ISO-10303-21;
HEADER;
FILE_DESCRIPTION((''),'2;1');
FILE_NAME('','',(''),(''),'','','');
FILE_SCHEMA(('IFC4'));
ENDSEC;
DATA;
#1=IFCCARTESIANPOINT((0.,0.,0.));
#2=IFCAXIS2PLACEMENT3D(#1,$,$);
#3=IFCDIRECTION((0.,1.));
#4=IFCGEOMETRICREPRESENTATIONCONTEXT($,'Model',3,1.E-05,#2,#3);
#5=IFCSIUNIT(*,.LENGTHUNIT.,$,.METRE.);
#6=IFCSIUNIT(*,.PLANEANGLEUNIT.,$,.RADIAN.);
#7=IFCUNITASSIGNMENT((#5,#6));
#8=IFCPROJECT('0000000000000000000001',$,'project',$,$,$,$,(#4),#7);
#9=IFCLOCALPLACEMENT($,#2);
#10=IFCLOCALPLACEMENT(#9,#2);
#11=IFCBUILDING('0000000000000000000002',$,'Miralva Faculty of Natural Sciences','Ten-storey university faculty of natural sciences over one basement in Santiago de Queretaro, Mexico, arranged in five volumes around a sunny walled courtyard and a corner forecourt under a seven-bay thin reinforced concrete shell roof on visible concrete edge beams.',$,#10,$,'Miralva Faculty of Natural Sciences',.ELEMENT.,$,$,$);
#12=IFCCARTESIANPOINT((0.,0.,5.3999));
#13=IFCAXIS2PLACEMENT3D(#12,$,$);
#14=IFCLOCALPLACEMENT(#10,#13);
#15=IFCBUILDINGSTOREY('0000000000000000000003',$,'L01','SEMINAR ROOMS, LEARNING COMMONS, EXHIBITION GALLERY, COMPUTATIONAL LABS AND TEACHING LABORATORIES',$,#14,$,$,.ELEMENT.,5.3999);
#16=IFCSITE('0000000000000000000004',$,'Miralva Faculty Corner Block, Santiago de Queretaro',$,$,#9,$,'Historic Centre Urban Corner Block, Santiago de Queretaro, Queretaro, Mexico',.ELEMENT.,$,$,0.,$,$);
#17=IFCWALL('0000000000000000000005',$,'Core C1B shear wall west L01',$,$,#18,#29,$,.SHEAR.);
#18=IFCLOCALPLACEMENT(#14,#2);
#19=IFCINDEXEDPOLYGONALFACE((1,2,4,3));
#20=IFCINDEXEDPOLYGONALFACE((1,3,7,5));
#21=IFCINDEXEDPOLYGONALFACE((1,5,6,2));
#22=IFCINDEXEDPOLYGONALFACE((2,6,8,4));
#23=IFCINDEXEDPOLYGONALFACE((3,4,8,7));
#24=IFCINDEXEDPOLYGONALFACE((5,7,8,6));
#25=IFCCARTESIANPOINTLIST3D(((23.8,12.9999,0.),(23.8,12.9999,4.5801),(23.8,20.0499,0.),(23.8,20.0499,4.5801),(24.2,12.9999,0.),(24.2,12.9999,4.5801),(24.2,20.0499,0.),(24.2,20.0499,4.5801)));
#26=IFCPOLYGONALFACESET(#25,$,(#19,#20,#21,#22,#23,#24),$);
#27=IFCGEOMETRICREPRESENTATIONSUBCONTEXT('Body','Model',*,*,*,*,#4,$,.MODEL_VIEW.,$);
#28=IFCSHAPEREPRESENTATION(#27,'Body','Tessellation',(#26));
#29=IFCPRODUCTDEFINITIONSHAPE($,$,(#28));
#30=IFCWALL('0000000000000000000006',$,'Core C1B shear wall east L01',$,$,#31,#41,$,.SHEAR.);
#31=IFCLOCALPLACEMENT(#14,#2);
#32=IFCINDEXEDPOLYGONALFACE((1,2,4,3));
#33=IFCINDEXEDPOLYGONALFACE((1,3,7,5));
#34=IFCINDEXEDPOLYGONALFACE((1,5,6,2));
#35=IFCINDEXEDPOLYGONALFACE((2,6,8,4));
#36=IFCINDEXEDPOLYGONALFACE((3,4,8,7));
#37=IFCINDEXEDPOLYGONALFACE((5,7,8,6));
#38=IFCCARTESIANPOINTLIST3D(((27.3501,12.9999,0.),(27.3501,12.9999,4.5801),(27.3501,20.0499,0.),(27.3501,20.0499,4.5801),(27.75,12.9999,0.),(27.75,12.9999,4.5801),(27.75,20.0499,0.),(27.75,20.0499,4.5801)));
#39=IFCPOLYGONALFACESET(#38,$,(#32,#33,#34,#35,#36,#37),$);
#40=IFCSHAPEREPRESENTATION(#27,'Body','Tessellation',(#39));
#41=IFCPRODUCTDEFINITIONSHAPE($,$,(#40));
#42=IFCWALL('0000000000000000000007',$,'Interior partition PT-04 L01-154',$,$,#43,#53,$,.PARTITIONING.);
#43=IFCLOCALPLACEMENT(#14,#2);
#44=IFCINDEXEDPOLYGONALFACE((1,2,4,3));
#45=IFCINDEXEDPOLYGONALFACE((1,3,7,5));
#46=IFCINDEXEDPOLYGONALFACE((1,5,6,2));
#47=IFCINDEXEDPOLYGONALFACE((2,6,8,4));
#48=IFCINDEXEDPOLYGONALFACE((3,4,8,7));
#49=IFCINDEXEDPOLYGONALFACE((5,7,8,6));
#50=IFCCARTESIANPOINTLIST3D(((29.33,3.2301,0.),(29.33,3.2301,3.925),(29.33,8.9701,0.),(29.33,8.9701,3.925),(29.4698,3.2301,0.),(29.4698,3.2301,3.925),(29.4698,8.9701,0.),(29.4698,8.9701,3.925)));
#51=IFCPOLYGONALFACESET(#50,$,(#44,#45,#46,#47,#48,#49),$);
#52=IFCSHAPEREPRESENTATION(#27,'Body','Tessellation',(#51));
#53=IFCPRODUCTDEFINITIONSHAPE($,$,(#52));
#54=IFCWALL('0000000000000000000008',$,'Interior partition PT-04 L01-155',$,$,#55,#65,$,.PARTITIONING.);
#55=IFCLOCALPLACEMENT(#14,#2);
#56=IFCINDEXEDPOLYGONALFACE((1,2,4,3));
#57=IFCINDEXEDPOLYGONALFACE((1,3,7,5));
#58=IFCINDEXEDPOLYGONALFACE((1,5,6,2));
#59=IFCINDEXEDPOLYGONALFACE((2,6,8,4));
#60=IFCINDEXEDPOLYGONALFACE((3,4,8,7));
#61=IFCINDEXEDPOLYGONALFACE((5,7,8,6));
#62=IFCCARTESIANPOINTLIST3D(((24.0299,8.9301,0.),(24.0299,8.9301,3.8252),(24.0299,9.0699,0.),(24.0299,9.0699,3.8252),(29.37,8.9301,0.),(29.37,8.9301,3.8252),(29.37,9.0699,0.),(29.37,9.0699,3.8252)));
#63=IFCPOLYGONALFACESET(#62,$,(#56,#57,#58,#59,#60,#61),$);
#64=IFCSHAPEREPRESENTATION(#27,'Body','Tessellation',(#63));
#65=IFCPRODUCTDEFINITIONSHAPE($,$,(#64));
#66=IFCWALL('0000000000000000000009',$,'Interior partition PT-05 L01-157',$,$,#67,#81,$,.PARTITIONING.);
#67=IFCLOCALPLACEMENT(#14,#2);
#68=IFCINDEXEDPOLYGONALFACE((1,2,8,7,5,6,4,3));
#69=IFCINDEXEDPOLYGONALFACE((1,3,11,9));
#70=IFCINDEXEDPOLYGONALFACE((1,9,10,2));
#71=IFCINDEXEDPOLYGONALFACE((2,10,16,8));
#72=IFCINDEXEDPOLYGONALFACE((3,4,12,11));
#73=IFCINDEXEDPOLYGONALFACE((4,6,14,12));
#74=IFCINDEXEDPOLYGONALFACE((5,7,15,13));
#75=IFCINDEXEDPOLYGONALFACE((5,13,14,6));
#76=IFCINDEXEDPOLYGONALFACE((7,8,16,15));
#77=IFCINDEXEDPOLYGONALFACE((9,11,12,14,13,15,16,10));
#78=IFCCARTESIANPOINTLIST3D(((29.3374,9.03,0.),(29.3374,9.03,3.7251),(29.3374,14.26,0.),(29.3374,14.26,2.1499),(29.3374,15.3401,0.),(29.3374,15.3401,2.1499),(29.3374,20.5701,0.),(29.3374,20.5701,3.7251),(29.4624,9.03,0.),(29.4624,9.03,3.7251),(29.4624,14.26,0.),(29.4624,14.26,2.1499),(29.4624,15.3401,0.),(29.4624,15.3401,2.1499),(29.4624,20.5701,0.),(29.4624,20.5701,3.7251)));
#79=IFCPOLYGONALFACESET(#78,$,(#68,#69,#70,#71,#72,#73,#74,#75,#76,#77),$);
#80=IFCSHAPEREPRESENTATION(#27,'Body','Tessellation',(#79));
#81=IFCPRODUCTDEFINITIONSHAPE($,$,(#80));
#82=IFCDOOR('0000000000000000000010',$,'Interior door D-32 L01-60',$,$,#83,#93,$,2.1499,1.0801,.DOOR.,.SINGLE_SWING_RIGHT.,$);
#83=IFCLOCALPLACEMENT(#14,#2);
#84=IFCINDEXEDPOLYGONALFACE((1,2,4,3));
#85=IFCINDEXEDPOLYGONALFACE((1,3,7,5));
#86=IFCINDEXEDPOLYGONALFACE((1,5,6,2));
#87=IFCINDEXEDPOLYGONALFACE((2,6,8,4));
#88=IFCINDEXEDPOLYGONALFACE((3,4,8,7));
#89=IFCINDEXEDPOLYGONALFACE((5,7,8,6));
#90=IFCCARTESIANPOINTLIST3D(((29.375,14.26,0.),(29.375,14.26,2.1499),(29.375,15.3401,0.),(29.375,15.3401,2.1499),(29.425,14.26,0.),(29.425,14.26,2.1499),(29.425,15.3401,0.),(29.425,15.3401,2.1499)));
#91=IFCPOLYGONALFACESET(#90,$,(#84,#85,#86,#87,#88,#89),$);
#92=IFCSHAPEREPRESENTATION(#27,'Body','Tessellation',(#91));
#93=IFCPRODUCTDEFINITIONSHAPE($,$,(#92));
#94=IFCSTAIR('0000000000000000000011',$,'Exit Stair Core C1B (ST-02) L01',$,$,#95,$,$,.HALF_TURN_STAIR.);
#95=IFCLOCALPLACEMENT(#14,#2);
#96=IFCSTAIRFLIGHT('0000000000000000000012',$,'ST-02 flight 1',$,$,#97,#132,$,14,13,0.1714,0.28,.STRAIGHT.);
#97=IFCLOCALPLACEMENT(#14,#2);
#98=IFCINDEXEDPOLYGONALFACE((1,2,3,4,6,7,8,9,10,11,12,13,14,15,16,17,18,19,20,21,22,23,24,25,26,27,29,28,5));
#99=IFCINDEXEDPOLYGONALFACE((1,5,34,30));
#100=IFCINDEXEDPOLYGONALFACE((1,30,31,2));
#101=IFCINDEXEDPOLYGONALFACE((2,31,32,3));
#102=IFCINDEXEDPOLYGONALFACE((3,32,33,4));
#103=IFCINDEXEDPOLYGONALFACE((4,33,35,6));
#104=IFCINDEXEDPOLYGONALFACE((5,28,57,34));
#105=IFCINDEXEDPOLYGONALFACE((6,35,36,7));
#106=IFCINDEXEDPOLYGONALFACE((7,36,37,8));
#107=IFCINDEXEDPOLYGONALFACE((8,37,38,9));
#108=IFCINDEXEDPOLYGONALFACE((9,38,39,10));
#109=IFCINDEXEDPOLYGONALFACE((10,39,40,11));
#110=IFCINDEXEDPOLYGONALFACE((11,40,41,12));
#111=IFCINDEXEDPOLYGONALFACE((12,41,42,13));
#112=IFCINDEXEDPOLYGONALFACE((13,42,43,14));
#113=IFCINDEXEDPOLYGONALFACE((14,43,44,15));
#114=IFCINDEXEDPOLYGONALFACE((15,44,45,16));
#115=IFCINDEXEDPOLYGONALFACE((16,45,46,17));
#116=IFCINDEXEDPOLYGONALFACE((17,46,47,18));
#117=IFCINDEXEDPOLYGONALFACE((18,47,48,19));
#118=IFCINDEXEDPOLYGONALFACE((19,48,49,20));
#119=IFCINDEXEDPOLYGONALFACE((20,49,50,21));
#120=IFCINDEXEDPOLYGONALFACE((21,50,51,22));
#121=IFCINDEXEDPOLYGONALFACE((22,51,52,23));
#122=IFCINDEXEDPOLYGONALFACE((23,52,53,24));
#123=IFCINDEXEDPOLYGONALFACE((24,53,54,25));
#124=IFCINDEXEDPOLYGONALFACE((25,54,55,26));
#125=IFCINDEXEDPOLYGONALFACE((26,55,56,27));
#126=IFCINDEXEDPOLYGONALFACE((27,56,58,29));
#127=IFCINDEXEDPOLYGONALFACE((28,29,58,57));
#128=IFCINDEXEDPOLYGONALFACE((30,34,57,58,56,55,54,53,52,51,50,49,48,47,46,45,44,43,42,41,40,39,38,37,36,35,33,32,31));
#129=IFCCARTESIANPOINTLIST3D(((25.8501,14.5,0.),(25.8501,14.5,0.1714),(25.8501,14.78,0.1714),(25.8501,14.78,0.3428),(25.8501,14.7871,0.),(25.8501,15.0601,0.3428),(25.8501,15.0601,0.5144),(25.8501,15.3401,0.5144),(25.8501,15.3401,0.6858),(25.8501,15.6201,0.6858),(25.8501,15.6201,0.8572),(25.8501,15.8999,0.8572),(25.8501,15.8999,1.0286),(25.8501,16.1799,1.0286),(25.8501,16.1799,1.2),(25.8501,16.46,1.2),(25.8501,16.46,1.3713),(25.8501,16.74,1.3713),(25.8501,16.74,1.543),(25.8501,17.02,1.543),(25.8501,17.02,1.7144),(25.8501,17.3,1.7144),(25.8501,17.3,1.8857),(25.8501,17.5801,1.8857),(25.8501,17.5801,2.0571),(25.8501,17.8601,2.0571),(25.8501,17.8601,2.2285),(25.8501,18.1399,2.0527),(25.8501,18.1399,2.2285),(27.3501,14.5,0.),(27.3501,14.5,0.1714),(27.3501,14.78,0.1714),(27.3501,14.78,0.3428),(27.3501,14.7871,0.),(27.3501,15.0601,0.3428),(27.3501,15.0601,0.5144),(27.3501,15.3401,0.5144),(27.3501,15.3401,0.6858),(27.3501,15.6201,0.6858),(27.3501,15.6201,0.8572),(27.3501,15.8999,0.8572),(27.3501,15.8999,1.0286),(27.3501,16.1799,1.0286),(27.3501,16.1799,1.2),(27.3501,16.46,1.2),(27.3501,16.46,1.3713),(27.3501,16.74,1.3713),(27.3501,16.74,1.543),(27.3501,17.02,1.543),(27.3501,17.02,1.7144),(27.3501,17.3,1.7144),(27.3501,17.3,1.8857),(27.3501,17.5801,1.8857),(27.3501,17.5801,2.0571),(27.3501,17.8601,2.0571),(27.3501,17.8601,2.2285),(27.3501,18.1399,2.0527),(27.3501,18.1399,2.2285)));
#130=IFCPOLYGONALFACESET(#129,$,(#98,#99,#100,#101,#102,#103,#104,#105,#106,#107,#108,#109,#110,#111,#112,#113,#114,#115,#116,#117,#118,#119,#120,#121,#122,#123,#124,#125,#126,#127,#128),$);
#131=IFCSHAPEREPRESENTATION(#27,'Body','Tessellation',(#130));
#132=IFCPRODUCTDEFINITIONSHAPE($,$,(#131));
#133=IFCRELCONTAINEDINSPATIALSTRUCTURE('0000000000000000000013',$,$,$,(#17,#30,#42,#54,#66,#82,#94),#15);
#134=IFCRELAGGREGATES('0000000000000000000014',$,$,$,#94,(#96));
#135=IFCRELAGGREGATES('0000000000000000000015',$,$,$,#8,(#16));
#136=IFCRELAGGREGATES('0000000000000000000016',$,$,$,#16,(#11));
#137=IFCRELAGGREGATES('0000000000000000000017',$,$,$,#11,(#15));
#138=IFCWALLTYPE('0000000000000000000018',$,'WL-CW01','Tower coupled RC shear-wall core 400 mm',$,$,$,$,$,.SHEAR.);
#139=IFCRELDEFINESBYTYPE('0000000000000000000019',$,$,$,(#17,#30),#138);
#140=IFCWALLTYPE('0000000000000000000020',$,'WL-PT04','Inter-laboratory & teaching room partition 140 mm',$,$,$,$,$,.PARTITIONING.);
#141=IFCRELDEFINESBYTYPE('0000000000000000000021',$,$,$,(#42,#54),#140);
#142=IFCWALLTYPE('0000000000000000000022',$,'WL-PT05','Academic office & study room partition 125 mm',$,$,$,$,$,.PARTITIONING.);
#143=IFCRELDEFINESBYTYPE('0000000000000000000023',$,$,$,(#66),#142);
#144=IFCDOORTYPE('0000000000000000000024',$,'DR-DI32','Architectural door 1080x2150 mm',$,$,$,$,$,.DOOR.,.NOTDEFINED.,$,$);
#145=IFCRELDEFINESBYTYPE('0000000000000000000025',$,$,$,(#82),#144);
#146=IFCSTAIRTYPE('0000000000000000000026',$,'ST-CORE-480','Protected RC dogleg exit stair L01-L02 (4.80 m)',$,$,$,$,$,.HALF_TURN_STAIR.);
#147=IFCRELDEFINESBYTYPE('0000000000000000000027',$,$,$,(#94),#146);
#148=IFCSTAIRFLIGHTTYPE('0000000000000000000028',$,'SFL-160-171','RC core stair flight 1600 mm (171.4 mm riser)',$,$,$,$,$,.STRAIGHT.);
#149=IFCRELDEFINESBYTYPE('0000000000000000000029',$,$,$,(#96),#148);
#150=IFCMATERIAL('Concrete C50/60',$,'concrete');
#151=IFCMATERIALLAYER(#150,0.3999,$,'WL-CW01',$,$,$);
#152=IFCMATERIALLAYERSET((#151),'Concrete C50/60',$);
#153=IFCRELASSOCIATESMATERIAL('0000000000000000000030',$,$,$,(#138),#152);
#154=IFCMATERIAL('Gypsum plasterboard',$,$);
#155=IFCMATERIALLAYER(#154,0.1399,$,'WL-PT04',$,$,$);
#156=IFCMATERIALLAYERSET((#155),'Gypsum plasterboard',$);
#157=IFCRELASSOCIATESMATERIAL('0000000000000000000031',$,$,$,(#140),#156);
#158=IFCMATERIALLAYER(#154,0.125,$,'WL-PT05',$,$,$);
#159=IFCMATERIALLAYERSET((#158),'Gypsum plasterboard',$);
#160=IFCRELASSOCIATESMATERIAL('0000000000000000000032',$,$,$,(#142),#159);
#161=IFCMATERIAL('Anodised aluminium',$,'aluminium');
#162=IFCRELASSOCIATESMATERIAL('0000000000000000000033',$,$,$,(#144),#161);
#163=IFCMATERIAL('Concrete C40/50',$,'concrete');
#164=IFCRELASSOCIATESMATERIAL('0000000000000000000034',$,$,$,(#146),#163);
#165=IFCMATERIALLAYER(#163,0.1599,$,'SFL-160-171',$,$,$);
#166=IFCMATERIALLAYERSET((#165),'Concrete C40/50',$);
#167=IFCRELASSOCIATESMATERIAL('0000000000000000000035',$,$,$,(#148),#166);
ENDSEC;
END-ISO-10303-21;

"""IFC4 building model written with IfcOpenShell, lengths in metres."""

from ifc_helpers import new_model, si_unit, direction, frame, frame_2d, origin, place, context, subcontext, project, spatial, polyline, rectangle, outline, extrude, material, layer, layer_set, type_object, element, fill, aggregate, save


model = new_model("IFC4")

# Units and contexts
model_context = context("Model", 3, precision=1e-05, world=origin(), true_north=direction((0.0, 1.0)))
body_context = subcontext(model_context, "Body", "Model", "MODEL_VIEW")
ifc_project = project(units=[si_unit("LENGTHUNIT", "METRE"), si_unit("PLANEANGLEUNIT", "RADIAN")], contexts=[model_context])

# Site, building, storey
site_placement = place(None, origin())
site = spatial("IfcSite", under=ifc_project, at=site_placement, Name="Miralva Faculty Corner Block, Santiago de Queretaro", LongName="Historic Centre Urban Corner Block, Santiago de Queretaro, Queretaro, Mexico", CompositionType="ELEMENT", RefElevation=0.0)
building_placement = place(site_placement, origin())
building = spatial("IfcBuilding", under=site, at=building_placement, Name="Miralva Faculty of Natural Sciences", Description="Ten-storey university faculty of natural sciences over one basement in Santiago de Queretaro, Mexico, arranged in five volumes around a sunny walled courtyard and a corner forecourt under a seven-bay thin reinforced concrete shell roof on visible concrete edge beams.", LongName="Miralva Faculty of Natural Sciences", CompositionType="ELEMENT")
storey_placement = place(building_placement, frame((0.0, 0.0, 5.3999)))
storey = spatial("IfcBuildingStorey", under=building, at=storey_placement, Name="L01", Description="SEMINAR ROOMS, LEARNING COMMONS, EXHIBITION GALLERY, COMPUTATIONAL LABS AND TEACHING LABORATORIES", CompositionType="ELEMENT", Elevation=5.3999)

# Shared definitions
ifc_material_1 = material(Name="Concrete C50/60", Category="concrete")

# Shared definitions
ifc_material_2 = material(Name="Concrete C40/50", Category="concrete")

# Shared definitions
ifc_material_3 = material(Name="Anodised aluminium", Category="aluminium")

# Shared definitions
ifc_layer_1 = layer(ifc_material_1, 0.3999, Name="WL-CW01")
ifc_layer_set_1 = layer_set([ifc_layer_1], Name="Concrete C50/60")
wall_type_1 = type_object("IfcWallType", Name="WL-CW01", Description="Tower coupled RC shear-wall core 400 mm", PredefinedType="SHEAR", material=ifc_layer_set_1)

# Walls
for number, where, z_axis, x_axis, name in (
    (1, (24.0, 13.0, 0.0), (0.0, 0.0, 1.0), (0.0, 1.0, 0.0), "Core C1B shear wall west L01"),
    (2, (27.55, 13.0, 0.0), (0.0, 0.0, 1.0), (0.0, 1.0, 0.0), "Core C1B shear wall east L01"),
):
    element("IfcWall", number, at=place(storey_placement, frame(where, z_axis=z_axis, x_axis=x_axis)), inside=storey, type_object=wall_type_1, Name=name, PredefinedType="SHEAR", context=body_context, shape_type="SweptSolid", body=[
        extrude(rectangle(XDim=7.05, YDim=0.3999, at=frame_2d((3.5249, 0.0))), origin(), (0.0, 0.0, 1.0), 4.5801),
    ])
ifc_material_4 = material(Name="Gypsum plasterboard")
ifc_layer_2 = layer(ifc_material_4, 0.1399, Name="WL-PT04")
ifc_layer_set_2 = layer_set([ifc_layer_2], Name="Gypsum plasterboard")
wall_type_2 = type_object("IfcWallType", Name="WL-PT04", Description="Inter-laboratory & teaching room partition 140 mm", PredefinedType="PARTITIONING", material=ifc_layer_set_2)
wall_1_placement = place(storey_placement, frame((29.3999, 3.23, 0.0), z_axis=(0.0, 0.0, 1.0), x_axis=(0.0, 1.0, 0.0)))
element("IfcWall", 3, at=wall_1_placement, inside=storey, type_object=wall_type_2, Name="Interior partition PT-04 L01-154", PredefinedType="PARTITIONING", context=body_context, shape_type="SweptSolid", body=[
    extrude(rectangle(XDim=5.74, YDim=0.1399, at=frame_2d((2.8701, 0.0))), origin(), (0.0, 0.0, 1.0), 3.925),
])
wall_2_placement = place(storey_placement, frame((24.03, 9.0, 0.0), z_axis=(0.0, 0.0, 1.0), x_axis=(1.0, 0.0, 0.0)))
element("IfcWall", 4, at=wall_2_placement, inside=storey, type_object=wall_type_2, Name="Interior partition PT-04 L01-155", PredefinedType="PARTITIONING", context=body_context, shape_type="SweptSolid", body=[
    extrude(rectangle(XDim=5.3401, YDim=0.1399, at=frame_2d((2.6699, 0.0))), origin(), (0.0, 0.0, 1.0), 3.8252),
])

# Wall, opening, door
ifc_layer_3 = layer(ifc_material_4, 0.125, Name="WL-PT05")
ifc_layer_set_3 = layer_set([ifc_layer_3], Name="Gypsum plasterboard")
wall_type_3 = type_object("IfcWallType", Name="WL-PT05", Description="Academic office & study room partition 125 mm", PredefinedType="PARTITIONING", material=ifc_layer_set_3)
wall_3_placement = place(storey_placement, frame((29.3999, 9.03, 0.0), z_axis=(0.0, 0.0, 1.0), x_axis=(0.0, 1.0, 0.0)))
wall_3 = element("IfcWall", 5, at=wall_3_placement, inside=storey, type_object=wall_type_3, Name="Interior partition PT-05 L01-157", PredefinedType="PARTITIONING", context=body_context, shape_type="SweptSolid", body=[
    extrude(rectangle(XDim=11.54, YDim=0.125, at=frame_2d((5.77, 0.0))), origin(), (0.0, 0.0, 1.0), 3.7251),
])
opening_1_placement = place(wall_3_placement, frame((5.23, 0.0, 0.0)))
opening_1 = element("IfcOpeningElement", 6, at=opening_1_placement, cuts=wall_3, PredefinedType="OPENING", context=body_context, shape_type="SweptSolid", body=[
    extrude(rectangle(XDim=1.0801, YDim=2.1499, at=frame_2d((0.54, 1.075))), frame((0.0, 0.0725, 0.0), z_axis=(0.0, -1.0, 0.0), x_axis=(1.0, 0.0, 0.0)), (0.0, 0.0, 1.0), 0.145),
])
door_type_1 = type_object("IfcDoorType", Name="DR-DI32", Description="Architectural door 1080x2150 mm", OperationType="NOTDEFINED", PredefinedType="DOOR", material=ifc_material_3)
door_1_placement = place(opening_1_placement, origin())
door_1 = element("IfcDoor", 7, at=door_1_placement, inside=storey, type_object=door_type_1, Name="Interior door D-32 L01-60", OperationType="SINGLE_SWING_RIGHT", OverallHeight=2.1499, OverallWidth=1.0801, PredefinedType="DOOR", context=body_context, shape_type="SweptSolid", body=[
    extrude(rectangle(XDim=1.0801, YDim=2.1499, at=frame_2d((0.54, 1.075))), frame((0.0, 0.0249, 0.0), z_axis=(0.0, -1.0, 0.0), x_axis=(1.0, 0.0, 0.0)), (0.0, 0.0, 1.0), 0.05),
])
fill(opening_1, door_1)

# Stair, stair flight
stair_type = type_object("IfcStairType", Name="ST-CORE-480", Description="Protected RC dogleg exit stair L01-L02 (4.80 m)", PredefinedType="HALF_TURN_STAIR", material=ifc_material_2)
stair_placement = place(storey_placement, origin())
stair = element("IfcStair", 8, at=stair_placement, inside=storey, type_object=stair_type, Name="Exit Stair Core C1B (ST-02) L01", PredefinedType="HALF_TURN_STAIR")
ifc_layer_4 = layer(ifc_material_2, 0.1599, Name="SFL-160-171")
ifc_layer_set_4 = layer_set([ifc_layer_4], Name="Concrete C40/50")
stair_flight_type = type_object("IfcStairFlightType", Name="SFL-160-171", Description="RC core stair flight 1600 mm (171.4 mm riser)", PredefinedType="STRAIGHT", material=ifc_layer_set_4)
stair_flight_placement = place(storey_placement, frame((26.6001, 14.5, 0.0), z_axis=(0.0, 0.0, 1.0), x_axis=(0.0, 1.0, 0.0)))
stair_flight = element("IfcStairFlight", 9, at=stair_flight_placement, type_object=stair_flight_type, Name="ST-02 flight 1", NumberOfRisers=14, NumberOfTreads=13, PredefinedType="STRAIGHT", RiserHeight=0.1714, TreadLength=0.28, context=body_context, shape_type="SweptSolid", body=[
    extrude(outline(polyline([(0.0, 0.0), (0.0, 0.1714), (0.28, 0.1714), (0.28, 0.3428), (0.5601, 0.3428), (0.5601, 0.5144), (0.8401, 0.5144), (0.8401, 0.6858), (1.1201, 0.6858), (1.1201, 0.8572), (1.3999, 0.8572), (1.3999, 1.0286), (1.6799, 1.0286), (1.6799, 1.2), (1.96, 1.2), (1.96, 1.3713), (2.24, 1.3713), (2.24, 1.543), (2.52, 1.543), (2.52, 1.7144), (2.8, 1.7144), (2.8, 1.8857), (3.0801, 1.8857), (3.0801, 2.0571), (3.3601, 2.0571), (3.3601, 2.2285), (3.6399, 2.2285), (3.6399, 2.3999), (3.6399, 2.0527), (0.2871, 0.0), (0.0, 0.0)])), frame((0.0, 0.75, 0.0), z_axis=(0.0, -1.0, 0.0), x_axis=(1.0, 0.0, 0.0)), (0.0, 0.0, 1.0), 1.5),
])
aggregate(stair, [stair_flight])

save(model, "model.ifc")
